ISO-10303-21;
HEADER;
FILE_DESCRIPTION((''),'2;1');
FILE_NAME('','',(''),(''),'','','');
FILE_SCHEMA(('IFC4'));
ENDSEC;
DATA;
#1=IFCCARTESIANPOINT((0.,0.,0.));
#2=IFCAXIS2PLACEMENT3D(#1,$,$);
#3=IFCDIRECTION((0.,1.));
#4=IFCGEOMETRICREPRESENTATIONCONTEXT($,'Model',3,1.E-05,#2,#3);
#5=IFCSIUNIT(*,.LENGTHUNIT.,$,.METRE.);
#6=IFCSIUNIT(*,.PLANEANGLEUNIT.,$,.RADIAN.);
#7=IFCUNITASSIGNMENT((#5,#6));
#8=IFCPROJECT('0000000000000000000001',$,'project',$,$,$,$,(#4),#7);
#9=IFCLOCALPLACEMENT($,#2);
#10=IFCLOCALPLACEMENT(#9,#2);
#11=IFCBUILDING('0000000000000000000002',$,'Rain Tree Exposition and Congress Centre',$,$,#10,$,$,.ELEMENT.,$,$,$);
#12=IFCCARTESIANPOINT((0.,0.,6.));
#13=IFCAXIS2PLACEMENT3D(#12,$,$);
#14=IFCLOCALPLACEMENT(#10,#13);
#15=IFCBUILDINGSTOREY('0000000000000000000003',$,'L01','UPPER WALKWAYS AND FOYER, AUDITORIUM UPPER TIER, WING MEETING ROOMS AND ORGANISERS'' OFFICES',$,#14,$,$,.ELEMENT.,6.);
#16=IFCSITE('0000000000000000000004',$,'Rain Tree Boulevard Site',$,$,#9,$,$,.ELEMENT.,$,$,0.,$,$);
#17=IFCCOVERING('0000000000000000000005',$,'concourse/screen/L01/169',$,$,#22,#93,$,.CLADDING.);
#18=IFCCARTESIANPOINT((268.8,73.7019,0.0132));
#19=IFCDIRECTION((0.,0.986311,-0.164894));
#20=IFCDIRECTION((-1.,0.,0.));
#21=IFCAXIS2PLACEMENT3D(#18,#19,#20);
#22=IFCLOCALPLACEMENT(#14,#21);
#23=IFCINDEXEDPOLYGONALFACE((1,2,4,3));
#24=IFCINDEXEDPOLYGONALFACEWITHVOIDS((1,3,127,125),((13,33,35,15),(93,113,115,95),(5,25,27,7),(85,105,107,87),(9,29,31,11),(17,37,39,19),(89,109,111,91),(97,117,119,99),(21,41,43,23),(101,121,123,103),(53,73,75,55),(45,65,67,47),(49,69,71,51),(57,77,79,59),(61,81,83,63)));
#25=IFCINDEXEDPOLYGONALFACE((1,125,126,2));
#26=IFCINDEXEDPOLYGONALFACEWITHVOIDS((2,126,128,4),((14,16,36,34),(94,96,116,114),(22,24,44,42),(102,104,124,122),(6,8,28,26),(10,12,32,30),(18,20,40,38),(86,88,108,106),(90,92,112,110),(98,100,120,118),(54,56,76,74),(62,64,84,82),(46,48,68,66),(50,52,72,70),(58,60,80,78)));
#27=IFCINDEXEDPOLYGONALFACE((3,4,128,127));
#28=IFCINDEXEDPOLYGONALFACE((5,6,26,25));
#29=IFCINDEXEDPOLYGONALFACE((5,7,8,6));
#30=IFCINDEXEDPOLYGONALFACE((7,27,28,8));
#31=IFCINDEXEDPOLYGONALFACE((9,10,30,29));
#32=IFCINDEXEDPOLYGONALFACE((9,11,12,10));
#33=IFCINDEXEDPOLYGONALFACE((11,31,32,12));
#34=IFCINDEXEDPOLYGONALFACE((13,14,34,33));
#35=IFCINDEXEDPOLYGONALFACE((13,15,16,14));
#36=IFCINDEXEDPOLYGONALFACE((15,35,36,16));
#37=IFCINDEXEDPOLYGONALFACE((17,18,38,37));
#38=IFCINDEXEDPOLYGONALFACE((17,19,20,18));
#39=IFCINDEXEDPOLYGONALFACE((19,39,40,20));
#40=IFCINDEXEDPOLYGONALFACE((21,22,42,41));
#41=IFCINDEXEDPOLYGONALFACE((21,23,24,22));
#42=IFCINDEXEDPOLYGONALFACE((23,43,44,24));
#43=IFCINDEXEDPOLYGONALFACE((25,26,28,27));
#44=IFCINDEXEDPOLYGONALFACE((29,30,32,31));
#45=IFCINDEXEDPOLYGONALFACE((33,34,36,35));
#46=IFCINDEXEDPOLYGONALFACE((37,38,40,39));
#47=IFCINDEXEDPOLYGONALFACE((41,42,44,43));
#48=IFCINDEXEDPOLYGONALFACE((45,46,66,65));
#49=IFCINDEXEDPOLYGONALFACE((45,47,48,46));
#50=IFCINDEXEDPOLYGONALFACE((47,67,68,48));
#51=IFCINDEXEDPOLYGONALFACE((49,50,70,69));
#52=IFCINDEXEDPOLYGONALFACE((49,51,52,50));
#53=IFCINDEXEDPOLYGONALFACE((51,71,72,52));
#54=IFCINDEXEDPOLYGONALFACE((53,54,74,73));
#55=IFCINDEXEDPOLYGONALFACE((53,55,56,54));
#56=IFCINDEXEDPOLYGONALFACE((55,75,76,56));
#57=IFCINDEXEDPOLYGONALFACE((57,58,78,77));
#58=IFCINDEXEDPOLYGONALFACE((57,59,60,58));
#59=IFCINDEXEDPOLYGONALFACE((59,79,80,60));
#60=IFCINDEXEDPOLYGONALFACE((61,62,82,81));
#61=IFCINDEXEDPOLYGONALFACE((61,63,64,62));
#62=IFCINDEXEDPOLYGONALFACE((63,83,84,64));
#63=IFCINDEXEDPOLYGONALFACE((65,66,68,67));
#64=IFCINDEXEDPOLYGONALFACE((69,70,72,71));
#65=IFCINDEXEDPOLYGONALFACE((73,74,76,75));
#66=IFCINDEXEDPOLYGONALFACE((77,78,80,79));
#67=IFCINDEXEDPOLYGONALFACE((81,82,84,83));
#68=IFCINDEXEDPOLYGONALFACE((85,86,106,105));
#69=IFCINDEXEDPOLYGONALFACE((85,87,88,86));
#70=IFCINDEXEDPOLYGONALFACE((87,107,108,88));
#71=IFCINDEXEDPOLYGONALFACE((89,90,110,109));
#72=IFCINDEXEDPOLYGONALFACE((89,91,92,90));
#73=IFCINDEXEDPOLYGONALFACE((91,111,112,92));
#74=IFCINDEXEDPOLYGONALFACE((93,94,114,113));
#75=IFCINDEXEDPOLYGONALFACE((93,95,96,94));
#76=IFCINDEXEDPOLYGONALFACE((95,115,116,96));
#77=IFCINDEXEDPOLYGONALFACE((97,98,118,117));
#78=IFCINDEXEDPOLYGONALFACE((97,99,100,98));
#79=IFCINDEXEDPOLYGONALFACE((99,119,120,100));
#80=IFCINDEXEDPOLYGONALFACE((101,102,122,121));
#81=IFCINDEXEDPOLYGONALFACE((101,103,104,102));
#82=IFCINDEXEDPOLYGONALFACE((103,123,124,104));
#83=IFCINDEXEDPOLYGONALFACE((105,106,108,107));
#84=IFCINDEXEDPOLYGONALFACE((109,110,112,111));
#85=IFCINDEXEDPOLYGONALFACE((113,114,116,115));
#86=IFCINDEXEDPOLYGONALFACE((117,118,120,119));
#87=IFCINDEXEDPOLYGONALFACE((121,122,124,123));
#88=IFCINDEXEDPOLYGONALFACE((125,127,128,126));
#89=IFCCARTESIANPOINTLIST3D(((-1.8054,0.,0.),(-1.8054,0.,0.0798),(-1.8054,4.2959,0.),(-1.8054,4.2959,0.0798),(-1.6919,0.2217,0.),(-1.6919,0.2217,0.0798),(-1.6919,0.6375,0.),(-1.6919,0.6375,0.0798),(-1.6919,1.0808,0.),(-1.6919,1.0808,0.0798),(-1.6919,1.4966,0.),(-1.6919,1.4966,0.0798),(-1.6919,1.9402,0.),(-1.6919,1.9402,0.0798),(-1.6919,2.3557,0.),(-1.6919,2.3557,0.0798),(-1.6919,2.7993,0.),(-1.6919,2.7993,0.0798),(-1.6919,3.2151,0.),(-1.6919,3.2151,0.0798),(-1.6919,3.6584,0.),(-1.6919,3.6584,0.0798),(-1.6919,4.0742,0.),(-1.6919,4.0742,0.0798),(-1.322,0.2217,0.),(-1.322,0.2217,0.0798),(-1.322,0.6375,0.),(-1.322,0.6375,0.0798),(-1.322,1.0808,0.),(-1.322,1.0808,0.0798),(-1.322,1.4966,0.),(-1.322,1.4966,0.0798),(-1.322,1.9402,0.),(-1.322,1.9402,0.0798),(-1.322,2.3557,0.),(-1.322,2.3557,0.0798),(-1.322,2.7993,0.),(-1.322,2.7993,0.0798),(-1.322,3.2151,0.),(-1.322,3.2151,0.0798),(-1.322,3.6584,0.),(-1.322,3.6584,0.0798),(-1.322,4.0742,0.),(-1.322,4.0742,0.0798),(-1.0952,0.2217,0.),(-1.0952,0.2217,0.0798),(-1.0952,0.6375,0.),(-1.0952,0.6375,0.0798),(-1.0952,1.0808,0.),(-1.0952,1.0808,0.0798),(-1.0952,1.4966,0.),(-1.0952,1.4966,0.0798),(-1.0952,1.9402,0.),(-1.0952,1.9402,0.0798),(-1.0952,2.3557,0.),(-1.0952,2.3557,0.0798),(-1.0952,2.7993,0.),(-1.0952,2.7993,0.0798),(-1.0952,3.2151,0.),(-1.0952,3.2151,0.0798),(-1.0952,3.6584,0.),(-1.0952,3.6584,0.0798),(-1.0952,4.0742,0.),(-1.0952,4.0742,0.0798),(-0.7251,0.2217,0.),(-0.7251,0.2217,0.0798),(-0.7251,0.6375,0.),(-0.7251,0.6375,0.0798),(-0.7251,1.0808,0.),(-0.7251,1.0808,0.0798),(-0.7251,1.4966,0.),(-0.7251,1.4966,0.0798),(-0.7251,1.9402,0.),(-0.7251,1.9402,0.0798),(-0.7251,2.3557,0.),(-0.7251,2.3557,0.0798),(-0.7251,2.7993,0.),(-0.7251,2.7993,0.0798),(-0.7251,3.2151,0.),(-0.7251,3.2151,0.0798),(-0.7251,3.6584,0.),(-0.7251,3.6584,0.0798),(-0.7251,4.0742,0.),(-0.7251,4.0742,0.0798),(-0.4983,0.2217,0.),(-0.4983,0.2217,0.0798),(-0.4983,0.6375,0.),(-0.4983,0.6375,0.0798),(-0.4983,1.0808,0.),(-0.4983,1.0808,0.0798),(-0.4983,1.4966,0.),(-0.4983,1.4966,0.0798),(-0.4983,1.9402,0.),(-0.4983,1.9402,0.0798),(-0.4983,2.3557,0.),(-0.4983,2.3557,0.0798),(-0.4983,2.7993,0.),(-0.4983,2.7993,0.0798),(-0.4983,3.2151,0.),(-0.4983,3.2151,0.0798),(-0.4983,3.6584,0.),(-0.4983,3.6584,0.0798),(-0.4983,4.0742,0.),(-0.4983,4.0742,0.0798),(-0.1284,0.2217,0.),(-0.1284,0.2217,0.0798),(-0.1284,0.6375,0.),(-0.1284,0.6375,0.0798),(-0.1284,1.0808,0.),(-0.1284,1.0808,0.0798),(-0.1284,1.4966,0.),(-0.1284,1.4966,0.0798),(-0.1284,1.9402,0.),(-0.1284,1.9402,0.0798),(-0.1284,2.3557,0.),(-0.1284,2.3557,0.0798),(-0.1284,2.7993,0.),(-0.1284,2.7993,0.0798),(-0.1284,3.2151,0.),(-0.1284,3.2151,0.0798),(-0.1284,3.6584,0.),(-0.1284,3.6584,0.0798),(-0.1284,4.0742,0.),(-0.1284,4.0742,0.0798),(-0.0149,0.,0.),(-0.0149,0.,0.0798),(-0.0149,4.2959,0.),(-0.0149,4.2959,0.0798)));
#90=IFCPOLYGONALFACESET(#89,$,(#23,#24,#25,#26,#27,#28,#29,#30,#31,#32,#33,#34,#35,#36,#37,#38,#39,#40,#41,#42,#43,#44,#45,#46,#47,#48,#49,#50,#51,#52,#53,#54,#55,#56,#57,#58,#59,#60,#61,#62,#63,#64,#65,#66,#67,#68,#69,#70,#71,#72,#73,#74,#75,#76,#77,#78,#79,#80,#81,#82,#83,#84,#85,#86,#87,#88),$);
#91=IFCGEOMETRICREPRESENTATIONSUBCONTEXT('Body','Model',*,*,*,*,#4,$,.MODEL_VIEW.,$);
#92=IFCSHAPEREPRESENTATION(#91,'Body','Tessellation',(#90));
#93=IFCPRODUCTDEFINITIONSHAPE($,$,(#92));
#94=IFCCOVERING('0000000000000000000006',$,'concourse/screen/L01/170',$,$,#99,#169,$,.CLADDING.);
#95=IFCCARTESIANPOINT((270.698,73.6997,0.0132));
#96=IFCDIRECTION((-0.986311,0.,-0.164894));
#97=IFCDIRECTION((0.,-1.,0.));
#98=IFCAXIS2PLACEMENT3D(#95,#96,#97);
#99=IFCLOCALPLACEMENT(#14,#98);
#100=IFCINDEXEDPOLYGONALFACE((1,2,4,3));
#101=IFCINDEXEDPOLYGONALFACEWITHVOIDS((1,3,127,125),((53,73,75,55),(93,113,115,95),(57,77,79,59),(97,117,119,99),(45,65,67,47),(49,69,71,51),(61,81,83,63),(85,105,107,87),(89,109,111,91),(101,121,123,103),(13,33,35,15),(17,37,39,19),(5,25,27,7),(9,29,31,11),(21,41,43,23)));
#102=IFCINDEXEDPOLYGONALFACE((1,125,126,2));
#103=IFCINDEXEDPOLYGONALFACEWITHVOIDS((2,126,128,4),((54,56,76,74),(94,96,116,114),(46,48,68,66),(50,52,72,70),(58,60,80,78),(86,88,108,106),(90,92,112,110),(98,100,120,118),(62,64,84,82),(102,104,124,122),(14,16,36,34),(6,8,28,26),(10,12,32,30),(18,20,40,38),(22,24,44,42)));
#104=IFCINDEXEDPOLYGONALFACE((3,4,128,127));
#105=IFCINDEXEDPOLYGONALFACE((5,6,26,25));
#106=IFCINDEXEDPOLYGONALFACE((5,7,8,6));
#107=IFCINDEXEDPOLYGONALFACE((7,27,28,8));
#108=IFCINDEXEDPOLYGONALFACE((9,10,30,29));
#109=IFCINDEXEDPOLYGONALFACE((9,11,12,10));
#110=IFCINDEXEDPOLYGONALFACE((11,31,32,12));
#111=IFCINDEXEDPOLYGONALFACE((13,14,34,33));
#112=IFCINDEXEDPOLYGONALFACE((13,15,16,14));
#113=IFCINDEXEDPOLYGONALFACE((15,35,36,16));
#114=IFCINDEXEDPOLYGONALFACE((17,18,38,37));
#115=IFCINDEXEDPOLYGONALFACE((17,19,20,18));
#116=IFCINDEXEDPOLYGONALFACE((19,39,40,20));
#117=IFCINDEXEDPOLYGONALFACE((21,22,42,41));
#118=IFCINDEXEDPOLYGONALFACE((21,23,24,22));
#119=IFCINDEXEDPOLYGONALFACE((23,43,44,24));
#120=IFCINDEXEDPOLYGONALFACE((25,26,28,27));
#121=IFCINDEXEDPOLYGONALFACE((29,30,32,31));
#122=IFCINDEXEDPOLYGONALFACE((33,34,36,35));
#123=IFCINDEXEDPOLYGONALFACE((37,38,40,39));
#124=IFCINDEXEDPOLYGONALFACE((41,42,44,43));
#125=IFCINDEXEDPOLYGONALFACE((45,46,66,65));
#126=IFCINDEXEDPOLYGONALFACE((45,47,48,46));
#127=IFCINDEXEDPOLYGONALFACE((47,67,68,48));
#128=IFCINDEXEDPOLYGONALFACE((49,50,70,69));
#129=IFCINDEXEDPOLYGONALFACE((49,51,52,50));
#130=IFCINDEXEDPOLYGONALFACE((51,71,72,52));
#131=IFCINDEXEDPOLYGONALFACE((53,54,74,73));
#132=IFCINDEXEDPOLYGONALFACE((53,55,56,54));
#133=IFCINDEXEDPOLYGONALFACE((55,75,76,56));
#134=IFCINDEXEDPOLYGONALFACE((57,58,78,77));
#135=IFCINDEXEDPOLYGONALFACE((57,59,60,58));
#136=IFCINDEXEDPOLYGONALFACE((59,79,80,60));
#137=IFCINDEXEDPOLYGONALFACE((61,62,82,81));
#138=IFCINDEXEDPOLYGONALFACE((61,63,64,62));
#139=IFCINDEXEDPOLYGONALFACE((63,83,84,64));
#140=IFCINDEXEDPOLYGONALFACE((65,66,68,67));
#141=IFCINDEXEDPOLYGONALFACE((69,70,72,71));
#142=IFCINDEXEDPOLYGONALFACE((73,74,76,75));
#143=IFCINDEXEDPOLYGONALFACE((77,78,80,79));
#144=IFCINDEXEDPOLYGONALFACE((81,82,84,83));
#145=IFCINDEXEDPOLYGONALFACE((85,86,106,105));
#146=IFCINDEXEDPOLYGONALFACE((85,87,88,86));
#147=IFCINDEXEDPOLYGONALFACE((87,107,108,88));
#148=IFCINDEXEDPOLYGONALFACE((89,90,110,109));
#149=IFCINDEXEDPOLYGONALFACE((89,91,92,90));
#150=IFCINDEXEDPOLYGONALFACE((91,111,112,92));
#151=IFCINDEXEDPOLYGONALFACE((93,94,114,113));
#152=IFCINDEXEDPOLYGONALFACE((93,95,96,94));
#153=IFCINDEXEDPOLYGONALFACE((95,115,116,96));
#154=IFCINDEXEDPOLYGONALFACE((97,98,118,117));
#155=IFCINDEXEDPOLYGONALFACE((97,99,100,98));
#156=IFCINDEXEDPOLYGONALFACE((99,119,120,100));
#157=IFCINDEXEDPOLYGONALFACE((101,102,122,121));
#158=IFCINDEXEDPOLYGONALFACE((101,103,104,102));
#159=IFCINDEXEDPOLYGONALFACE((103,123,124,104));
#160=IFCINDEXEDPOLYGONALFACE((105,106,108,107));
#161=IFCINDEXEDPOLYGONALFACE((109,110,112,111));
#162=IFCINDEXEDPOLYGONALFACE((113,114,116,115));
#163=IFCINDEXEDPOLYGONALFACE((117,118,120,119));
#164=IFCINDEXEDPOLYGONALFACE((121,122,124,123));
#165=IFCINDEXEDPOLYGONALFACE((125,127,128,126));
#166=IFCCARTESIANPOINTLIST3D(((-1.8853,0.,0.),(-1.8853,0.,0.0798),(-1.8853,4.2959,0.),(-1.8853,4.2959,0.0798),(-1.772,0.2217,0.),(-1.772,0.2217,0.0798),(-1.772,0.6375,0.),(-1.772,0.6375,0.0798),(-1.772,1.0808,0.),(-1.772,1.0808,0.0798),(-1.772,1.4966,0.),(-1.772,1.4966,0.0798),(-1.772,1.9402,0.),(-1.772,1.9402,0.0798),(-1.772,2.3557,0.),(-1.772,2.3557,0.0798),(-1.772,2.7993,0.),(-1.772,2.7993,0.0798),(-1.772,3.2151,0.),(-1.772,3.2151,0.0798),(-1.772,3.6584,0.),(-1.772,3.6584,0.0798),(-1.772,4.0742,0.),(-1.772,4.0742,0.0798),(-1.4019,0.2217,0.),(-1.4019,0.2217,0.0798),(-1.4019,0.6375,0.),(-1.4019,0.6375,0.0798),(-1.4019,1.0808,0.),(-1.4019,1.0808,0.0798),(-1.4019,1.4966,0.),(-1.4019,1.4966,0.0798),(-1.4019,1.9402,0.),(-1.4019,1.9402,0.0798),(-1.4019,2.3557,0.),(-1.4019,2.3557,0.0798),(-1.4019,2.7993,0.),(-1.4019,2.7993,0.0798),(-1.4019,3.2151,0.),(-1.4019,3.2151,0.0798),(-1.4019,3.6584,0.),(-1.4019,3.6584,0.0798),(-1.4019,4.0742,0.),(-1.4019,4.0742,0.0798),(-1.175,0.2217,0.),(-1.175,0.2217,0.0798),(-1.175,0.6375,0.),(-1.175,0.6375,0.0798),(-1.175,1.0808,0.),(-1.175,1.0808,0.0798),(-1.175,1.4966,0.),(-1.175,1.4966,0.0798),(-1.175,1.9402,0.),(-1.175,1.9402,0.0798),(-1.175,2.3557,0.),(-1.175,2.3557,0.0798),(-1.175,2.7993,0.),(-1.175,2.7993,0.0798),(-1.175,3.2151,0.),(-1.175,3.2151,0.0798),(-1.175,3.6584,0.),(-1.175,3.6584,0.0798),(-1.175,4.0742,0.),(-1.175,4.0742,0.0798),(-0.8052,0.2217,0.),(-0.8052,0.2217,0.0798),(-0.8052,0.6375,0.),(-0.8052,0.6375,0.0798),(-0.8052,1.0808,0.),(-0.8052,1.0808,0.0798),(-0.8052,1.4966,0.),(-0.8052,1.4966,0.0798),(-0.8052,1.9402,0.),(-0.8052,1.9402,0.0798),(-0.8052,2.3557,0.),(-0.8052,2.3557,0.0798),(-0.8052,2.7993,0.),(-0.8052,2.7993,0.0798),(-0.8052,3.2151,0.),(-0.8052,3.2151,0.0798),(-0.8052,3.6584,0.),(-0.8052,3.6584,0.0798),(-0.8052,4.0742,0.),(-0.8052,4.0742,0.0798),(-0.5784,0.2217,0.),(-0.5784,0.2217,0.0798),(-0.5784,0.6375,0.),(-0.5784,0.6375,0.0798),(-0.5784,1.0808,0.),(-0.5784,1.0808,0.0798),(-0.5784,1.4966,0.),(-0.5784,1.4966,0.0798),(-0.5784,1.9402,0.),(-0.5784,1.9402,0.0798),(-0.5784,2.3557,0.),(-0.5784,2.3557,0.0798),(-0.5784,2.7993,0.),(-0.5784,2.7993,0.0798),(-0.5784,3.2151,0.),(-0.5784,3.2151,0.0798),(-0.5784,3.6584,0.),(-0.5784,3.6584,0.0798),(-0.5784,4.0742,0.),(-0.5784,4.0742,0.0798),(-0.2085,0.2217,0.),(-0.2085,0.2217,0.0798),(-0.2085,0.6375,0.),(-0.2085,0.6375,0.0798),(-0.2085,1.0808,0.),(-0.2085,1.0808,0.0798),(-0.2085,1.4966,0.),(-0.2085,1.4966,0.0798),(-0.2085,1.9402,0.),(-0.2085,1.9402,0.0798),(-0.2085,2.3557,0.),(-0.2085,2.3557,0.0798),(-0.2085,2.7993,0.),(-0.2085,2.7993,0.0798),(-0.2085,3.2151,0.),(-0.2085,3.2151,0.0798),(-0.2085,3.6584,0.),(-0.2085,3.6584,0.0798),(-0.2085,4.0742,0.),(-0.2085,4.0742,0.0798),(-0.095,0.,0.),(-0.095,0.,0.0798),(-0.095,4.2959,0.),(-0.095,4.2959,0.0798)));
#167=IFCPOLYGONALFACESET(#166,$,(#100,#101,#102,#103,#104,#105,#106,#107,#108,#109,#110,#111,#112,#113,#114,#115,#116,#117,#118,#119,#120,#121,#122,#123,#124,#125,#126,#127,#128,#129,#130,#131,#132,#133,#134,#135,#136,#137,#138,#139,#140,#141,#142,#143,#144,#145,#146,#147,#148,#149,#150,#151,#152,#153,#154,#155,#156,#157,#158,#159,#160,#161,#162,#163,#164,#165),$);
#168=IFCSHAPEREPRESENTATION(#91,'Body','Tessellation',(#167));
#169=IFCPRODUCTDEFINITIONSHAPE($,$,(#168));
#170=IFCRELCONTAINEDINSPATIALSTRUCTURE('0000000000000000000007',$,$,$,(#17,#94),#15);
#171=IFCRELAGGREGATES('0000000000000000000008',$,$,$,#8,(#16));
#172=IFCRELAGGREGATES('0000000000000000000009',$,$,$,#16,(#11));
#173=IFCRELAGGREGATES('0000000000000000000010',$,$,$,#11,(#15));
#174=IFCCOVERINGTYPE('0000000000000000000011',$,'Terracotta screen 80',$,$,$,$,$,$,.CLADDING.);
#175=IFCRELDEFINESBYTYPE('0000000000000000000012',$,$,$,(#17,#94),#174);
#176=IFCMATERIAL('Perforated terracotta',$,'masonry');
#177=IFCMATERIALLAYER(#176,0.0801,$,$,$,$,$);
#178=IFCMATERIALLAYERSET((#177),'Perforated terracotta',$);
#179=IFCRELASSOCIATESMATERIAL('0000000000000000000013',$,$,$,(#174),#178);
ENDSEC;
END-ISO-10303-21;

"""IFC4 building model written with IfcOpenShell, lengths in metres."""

from ifc_helpers import new_model, si_unit, direction, frame, origin, place, context, subcontext, project, spatial, polyline, outline, extrude, material, layer, layer_set, type_object, element, save


model = new_model("IFC4")

# Units and contexts
model_context = context("Model", 3, precision=1e-05, world=origin(), true_north=direction((0.0, 1.0)))
body_context = subcontext(model_context, "Body", "Model", "MODEL_VIEW")
ifc_project = project(units=[si_unit("LENGTHUNIT", "METRE"), si_unit("PLANEANGLEUNIT", "RADIAN")], contexts=[model_context])

# Site, building, storey
site_placement = place(None, origin())
site = spatial("IfcSite", under=ifc_project, at=site_placement, Name="Rain Tree Boulevard Site", CompositionType="ELEMENT", RefElevation=0.0)
building_placement = place(site_placement, origin())
building = spatial("IfcBuilding", under=site, at=building_placement, Name="Rain Tree Exposition and Congress Centre", CompositionType="ELEMENT")
storey_placement = place(building_placement, frame((0.0, 0.0, 6.0)))
storey = spatial("IfcBuildingStorey", under=building, at=storey_placement, Name="L01", Description="UPPER WALKWAYS AND FOYER, AUDITORIUM UPPER TIER, WING MEETING ROOMS AND ORGANISERS' OFFICES", CompositionType="ELEMENT", Elevation=6.0)

# Coverings
ifc_material_1 = material(Name="Perforated terracotta", Category="masonry")
ifc_layer = layer(ifc_material_1, 0.0801)
ifc_layer_set = layer_set([ifc_layer], Name="Perforated terracotta")
covering_type = type_object("IfcCoveringType", Name="Terracotta screen 80", PredefinedType="CLADDING", material=ifc_layer_set)
covering_1_placement = place(storey_placement, frame((268.8, 73.7019, 0.0132), z_axis=(0.0, 0.986311, -0.164894), x_axis=(-1.0, 0.0, 0.0)))
element("IfcCovering", 1, at=covering_1_placement, inside=storey, type_object=covering_type, Name="concourse/screen/L01/169", PredefinedType="CLADDING", context=body_context, shape_type="SweptSolid", body=[
    extrude(outline(polyline([(-1.8054, 0.0), (-1.8054, 4.2959), (-0.0149, 4.2959), (-0.0149, 0.0), (-1.8054, 0.0)]), holes=[polyline([(-0.1284, 0.2217), (-0.1284, 0.6375), (-0.4983, 0.6375), (-0.4983, 0.2217), (-0.1284, 0.2217)]), polyline([(-0.1284, 1.0808), (-0.1284, 1.4966), (-0.4983, 1.4966), (-0.4983, 1.0808), (-0.1284, 1.0808)]), polyline([(-0.1284, 1.9402), (-0.1284, 2.3557), (-0.4983, 2.3557), (-0.4983, 1.9402), (-0.1284, 1.9402)]), polyline([(-0.1284, 2.7993), (-0.1284, 3.2151), (-0.4983, 3.2151), (-0.4983, 2.7993), (-0.1284, 2.7993)]), polyline([(-0.1284, 3.6584), (-0.1284, 4.0742), (-0.4983, 4.0742), (-0.4983, 3.6584), (-0.1284, 3.6584)]), polyline([(-0.7251, 0.2217), (-0.7251, 0.6375), (-1.0952, 0.6375), (-1.0952, 0.2217), (-0.7251, 0.2217)]), polyline([(-0.7251, 1.0808), (-0.7251, 1.4966), (-1.0952, 1.4966), (-1.0952, 1.0808), (-0.7251, 1.0808)]), polyline([(-0.7251, 1.9402), (-0.7251, 2.3557), (-1.0952, 2.3557), (-1.0952, 1.9402), (-0.7251, 1.9402)]), polyline([(-0.7251, 2.7993), (-0.7251, 3.2151), (-1.0952, 3.2151), (-1.0952, 2.7993), (-0.7251, 2.7993)]), polyline([(-0.7251, 3.6584), (-0.7251, 4.0742), (-1.0952, 4.0742), (-1.0952, 3.6584), (-0.7251, 3.6584)]), polyline([(-1.322, 0.2217), (-1.322, 0.6375), (-1.6919, 0.6375), (-1.6919, 0.2217), (-1.322, 0.2217)]), polyline([(-1.322, 1.0808), (-1.322, 1.4966), (-1.6919, 1.4966), (-1.6919, 1.0808), (-1.322, 1.0808)]), polyline([(-1.322, 1.9402), (-1.322, 2.3557), (-1.6919, 2.3557), (-1.6919, 1.9402), (-1.322, 1.9402)]), polyline([(-1.322, 2.7993), (-1.322, 3.2151), (-1.6919, 3.2151), (-1.6919, 2.7993), (-1.322, 2.7993)]), polyline([(-1.322, 3.6584), (-1.322, 4.0742), (-1.6919, 4.0742), (-1.6919, 3.6584), (-1.322, 3.6584)])]), origin(), (0.0, 0.0, 1.0), 0.0798),
])
covering_2_placement = place(storey_placement, frame((270.698, 73.6997, 0.0132), z_axis=(-0.986311, 0.0, -0.164894), x_axis=(0.0, -1.0, 0.0)))
element("IfcCovering", 2, at=covering_2_placement, inside=storey, type_object=covering_type, Name="concourse/screen/L01/170", PredefinedType="CLADDING", context=body_context, shape_type="SweptSolid", body=[
    extrude(outline(polyline([(-1.8853, 0.0), (-1.8853, 4.2959), (-0.095, 4.2959), (-0.095, 0.0), (-1.8853, 0.0)]), holes=[polyline([(-0.2085, 0.2217), (-0.2085, 0.6375), (-0.5784, 0.6375), (-0.5784, 0.2217), (-0.2085, 0.2217)]), polyline([(-0.2085, 1.0808), (-0.2085, 1.4966), (-0.5784, 1.4966), (-0.5784, 1.0808), (-0.2085, 1.0808)]), polyline([(-0.2085, 1.9402), (-0.2085, 2.3557), (-0.5784, 2.3557), (-0.5784, 1.9402), (-0.2085, 1.9402)]), polyline([(-0.2085, 2.7993), (-0.2085, 3.2151), (-0.5784, 3.2151), (-0.5784, 2.7993), (-0.2085, 2.7993)]), polyline([(-0.2085, 3.6584), (-0.2085, 4.0742), (-0.5784, 4.0742), (-0.5784, 3.6584), (-0.2085, 3.6584)]), polyline([(-0.8052, 0.2217), (-0.8052, 0.6375), (-1.175, 0.6375), (-1.175, 0.2217), (-0.8052, 0.2217)]), polyline([(-0.8052, 1.0808), (-0.8052, 1.4966), (-1.175, 1.4966), (-1.175, 1.0808), (-0.8052, 1.0808)]), polyline([(-0.8052, 1.9402), (-0.8052, 2.3557), (-1.175, 2.3557), (-1.175, 1.9402), (-0.8052, 1.9402)]), polyline([(-0.8052, 2.7993), (-0.8052, 3.2151), (-1.175, 3.2151), (-1.175, 2.7993), (-0.8052, 2.7993)]), polyline([(-0.8052, 3.6584), (-0.8052, 4.0742), (-1.175, 4.0742), (-1.175, 3.6584), (-0.8052, 3.6584)]), polyline([(-1.4019, 0.2217), (-1.4019, 0.6375), (-1.772, 0.6375), (-1.772, 0.2217), (-1.4019, 0.2217)]), polyline([(-1.4019, 1.0808), (-1.4019, 1.4966), (-1.772, 1.4966), (-1.772, 1.0808), (-1.4019, 1.0808)]), polyline([(-1.4019, 1.9402), (-1.4019, 2.3557), (-1.772, 2.3557), (-1.772, 1.9402), (-1.4019, 1.9402)]), polyline([(-1.4019, 2.7993), (-1.4019, 3.2151), (-1.772, 3.2151), (-1.772, 2.7993), (-1.4019, 2.7993)]), polyline([(-1.4019, 3.6584), (-1.4019, 4.0742), (-1.772, 4.0742), (-1.772, 3.6584), (-1.4019, 3.6584)])]), origin(), (0.0, 0.0, 1.0), 0.0798),
])

save(model, "model.ifc")
